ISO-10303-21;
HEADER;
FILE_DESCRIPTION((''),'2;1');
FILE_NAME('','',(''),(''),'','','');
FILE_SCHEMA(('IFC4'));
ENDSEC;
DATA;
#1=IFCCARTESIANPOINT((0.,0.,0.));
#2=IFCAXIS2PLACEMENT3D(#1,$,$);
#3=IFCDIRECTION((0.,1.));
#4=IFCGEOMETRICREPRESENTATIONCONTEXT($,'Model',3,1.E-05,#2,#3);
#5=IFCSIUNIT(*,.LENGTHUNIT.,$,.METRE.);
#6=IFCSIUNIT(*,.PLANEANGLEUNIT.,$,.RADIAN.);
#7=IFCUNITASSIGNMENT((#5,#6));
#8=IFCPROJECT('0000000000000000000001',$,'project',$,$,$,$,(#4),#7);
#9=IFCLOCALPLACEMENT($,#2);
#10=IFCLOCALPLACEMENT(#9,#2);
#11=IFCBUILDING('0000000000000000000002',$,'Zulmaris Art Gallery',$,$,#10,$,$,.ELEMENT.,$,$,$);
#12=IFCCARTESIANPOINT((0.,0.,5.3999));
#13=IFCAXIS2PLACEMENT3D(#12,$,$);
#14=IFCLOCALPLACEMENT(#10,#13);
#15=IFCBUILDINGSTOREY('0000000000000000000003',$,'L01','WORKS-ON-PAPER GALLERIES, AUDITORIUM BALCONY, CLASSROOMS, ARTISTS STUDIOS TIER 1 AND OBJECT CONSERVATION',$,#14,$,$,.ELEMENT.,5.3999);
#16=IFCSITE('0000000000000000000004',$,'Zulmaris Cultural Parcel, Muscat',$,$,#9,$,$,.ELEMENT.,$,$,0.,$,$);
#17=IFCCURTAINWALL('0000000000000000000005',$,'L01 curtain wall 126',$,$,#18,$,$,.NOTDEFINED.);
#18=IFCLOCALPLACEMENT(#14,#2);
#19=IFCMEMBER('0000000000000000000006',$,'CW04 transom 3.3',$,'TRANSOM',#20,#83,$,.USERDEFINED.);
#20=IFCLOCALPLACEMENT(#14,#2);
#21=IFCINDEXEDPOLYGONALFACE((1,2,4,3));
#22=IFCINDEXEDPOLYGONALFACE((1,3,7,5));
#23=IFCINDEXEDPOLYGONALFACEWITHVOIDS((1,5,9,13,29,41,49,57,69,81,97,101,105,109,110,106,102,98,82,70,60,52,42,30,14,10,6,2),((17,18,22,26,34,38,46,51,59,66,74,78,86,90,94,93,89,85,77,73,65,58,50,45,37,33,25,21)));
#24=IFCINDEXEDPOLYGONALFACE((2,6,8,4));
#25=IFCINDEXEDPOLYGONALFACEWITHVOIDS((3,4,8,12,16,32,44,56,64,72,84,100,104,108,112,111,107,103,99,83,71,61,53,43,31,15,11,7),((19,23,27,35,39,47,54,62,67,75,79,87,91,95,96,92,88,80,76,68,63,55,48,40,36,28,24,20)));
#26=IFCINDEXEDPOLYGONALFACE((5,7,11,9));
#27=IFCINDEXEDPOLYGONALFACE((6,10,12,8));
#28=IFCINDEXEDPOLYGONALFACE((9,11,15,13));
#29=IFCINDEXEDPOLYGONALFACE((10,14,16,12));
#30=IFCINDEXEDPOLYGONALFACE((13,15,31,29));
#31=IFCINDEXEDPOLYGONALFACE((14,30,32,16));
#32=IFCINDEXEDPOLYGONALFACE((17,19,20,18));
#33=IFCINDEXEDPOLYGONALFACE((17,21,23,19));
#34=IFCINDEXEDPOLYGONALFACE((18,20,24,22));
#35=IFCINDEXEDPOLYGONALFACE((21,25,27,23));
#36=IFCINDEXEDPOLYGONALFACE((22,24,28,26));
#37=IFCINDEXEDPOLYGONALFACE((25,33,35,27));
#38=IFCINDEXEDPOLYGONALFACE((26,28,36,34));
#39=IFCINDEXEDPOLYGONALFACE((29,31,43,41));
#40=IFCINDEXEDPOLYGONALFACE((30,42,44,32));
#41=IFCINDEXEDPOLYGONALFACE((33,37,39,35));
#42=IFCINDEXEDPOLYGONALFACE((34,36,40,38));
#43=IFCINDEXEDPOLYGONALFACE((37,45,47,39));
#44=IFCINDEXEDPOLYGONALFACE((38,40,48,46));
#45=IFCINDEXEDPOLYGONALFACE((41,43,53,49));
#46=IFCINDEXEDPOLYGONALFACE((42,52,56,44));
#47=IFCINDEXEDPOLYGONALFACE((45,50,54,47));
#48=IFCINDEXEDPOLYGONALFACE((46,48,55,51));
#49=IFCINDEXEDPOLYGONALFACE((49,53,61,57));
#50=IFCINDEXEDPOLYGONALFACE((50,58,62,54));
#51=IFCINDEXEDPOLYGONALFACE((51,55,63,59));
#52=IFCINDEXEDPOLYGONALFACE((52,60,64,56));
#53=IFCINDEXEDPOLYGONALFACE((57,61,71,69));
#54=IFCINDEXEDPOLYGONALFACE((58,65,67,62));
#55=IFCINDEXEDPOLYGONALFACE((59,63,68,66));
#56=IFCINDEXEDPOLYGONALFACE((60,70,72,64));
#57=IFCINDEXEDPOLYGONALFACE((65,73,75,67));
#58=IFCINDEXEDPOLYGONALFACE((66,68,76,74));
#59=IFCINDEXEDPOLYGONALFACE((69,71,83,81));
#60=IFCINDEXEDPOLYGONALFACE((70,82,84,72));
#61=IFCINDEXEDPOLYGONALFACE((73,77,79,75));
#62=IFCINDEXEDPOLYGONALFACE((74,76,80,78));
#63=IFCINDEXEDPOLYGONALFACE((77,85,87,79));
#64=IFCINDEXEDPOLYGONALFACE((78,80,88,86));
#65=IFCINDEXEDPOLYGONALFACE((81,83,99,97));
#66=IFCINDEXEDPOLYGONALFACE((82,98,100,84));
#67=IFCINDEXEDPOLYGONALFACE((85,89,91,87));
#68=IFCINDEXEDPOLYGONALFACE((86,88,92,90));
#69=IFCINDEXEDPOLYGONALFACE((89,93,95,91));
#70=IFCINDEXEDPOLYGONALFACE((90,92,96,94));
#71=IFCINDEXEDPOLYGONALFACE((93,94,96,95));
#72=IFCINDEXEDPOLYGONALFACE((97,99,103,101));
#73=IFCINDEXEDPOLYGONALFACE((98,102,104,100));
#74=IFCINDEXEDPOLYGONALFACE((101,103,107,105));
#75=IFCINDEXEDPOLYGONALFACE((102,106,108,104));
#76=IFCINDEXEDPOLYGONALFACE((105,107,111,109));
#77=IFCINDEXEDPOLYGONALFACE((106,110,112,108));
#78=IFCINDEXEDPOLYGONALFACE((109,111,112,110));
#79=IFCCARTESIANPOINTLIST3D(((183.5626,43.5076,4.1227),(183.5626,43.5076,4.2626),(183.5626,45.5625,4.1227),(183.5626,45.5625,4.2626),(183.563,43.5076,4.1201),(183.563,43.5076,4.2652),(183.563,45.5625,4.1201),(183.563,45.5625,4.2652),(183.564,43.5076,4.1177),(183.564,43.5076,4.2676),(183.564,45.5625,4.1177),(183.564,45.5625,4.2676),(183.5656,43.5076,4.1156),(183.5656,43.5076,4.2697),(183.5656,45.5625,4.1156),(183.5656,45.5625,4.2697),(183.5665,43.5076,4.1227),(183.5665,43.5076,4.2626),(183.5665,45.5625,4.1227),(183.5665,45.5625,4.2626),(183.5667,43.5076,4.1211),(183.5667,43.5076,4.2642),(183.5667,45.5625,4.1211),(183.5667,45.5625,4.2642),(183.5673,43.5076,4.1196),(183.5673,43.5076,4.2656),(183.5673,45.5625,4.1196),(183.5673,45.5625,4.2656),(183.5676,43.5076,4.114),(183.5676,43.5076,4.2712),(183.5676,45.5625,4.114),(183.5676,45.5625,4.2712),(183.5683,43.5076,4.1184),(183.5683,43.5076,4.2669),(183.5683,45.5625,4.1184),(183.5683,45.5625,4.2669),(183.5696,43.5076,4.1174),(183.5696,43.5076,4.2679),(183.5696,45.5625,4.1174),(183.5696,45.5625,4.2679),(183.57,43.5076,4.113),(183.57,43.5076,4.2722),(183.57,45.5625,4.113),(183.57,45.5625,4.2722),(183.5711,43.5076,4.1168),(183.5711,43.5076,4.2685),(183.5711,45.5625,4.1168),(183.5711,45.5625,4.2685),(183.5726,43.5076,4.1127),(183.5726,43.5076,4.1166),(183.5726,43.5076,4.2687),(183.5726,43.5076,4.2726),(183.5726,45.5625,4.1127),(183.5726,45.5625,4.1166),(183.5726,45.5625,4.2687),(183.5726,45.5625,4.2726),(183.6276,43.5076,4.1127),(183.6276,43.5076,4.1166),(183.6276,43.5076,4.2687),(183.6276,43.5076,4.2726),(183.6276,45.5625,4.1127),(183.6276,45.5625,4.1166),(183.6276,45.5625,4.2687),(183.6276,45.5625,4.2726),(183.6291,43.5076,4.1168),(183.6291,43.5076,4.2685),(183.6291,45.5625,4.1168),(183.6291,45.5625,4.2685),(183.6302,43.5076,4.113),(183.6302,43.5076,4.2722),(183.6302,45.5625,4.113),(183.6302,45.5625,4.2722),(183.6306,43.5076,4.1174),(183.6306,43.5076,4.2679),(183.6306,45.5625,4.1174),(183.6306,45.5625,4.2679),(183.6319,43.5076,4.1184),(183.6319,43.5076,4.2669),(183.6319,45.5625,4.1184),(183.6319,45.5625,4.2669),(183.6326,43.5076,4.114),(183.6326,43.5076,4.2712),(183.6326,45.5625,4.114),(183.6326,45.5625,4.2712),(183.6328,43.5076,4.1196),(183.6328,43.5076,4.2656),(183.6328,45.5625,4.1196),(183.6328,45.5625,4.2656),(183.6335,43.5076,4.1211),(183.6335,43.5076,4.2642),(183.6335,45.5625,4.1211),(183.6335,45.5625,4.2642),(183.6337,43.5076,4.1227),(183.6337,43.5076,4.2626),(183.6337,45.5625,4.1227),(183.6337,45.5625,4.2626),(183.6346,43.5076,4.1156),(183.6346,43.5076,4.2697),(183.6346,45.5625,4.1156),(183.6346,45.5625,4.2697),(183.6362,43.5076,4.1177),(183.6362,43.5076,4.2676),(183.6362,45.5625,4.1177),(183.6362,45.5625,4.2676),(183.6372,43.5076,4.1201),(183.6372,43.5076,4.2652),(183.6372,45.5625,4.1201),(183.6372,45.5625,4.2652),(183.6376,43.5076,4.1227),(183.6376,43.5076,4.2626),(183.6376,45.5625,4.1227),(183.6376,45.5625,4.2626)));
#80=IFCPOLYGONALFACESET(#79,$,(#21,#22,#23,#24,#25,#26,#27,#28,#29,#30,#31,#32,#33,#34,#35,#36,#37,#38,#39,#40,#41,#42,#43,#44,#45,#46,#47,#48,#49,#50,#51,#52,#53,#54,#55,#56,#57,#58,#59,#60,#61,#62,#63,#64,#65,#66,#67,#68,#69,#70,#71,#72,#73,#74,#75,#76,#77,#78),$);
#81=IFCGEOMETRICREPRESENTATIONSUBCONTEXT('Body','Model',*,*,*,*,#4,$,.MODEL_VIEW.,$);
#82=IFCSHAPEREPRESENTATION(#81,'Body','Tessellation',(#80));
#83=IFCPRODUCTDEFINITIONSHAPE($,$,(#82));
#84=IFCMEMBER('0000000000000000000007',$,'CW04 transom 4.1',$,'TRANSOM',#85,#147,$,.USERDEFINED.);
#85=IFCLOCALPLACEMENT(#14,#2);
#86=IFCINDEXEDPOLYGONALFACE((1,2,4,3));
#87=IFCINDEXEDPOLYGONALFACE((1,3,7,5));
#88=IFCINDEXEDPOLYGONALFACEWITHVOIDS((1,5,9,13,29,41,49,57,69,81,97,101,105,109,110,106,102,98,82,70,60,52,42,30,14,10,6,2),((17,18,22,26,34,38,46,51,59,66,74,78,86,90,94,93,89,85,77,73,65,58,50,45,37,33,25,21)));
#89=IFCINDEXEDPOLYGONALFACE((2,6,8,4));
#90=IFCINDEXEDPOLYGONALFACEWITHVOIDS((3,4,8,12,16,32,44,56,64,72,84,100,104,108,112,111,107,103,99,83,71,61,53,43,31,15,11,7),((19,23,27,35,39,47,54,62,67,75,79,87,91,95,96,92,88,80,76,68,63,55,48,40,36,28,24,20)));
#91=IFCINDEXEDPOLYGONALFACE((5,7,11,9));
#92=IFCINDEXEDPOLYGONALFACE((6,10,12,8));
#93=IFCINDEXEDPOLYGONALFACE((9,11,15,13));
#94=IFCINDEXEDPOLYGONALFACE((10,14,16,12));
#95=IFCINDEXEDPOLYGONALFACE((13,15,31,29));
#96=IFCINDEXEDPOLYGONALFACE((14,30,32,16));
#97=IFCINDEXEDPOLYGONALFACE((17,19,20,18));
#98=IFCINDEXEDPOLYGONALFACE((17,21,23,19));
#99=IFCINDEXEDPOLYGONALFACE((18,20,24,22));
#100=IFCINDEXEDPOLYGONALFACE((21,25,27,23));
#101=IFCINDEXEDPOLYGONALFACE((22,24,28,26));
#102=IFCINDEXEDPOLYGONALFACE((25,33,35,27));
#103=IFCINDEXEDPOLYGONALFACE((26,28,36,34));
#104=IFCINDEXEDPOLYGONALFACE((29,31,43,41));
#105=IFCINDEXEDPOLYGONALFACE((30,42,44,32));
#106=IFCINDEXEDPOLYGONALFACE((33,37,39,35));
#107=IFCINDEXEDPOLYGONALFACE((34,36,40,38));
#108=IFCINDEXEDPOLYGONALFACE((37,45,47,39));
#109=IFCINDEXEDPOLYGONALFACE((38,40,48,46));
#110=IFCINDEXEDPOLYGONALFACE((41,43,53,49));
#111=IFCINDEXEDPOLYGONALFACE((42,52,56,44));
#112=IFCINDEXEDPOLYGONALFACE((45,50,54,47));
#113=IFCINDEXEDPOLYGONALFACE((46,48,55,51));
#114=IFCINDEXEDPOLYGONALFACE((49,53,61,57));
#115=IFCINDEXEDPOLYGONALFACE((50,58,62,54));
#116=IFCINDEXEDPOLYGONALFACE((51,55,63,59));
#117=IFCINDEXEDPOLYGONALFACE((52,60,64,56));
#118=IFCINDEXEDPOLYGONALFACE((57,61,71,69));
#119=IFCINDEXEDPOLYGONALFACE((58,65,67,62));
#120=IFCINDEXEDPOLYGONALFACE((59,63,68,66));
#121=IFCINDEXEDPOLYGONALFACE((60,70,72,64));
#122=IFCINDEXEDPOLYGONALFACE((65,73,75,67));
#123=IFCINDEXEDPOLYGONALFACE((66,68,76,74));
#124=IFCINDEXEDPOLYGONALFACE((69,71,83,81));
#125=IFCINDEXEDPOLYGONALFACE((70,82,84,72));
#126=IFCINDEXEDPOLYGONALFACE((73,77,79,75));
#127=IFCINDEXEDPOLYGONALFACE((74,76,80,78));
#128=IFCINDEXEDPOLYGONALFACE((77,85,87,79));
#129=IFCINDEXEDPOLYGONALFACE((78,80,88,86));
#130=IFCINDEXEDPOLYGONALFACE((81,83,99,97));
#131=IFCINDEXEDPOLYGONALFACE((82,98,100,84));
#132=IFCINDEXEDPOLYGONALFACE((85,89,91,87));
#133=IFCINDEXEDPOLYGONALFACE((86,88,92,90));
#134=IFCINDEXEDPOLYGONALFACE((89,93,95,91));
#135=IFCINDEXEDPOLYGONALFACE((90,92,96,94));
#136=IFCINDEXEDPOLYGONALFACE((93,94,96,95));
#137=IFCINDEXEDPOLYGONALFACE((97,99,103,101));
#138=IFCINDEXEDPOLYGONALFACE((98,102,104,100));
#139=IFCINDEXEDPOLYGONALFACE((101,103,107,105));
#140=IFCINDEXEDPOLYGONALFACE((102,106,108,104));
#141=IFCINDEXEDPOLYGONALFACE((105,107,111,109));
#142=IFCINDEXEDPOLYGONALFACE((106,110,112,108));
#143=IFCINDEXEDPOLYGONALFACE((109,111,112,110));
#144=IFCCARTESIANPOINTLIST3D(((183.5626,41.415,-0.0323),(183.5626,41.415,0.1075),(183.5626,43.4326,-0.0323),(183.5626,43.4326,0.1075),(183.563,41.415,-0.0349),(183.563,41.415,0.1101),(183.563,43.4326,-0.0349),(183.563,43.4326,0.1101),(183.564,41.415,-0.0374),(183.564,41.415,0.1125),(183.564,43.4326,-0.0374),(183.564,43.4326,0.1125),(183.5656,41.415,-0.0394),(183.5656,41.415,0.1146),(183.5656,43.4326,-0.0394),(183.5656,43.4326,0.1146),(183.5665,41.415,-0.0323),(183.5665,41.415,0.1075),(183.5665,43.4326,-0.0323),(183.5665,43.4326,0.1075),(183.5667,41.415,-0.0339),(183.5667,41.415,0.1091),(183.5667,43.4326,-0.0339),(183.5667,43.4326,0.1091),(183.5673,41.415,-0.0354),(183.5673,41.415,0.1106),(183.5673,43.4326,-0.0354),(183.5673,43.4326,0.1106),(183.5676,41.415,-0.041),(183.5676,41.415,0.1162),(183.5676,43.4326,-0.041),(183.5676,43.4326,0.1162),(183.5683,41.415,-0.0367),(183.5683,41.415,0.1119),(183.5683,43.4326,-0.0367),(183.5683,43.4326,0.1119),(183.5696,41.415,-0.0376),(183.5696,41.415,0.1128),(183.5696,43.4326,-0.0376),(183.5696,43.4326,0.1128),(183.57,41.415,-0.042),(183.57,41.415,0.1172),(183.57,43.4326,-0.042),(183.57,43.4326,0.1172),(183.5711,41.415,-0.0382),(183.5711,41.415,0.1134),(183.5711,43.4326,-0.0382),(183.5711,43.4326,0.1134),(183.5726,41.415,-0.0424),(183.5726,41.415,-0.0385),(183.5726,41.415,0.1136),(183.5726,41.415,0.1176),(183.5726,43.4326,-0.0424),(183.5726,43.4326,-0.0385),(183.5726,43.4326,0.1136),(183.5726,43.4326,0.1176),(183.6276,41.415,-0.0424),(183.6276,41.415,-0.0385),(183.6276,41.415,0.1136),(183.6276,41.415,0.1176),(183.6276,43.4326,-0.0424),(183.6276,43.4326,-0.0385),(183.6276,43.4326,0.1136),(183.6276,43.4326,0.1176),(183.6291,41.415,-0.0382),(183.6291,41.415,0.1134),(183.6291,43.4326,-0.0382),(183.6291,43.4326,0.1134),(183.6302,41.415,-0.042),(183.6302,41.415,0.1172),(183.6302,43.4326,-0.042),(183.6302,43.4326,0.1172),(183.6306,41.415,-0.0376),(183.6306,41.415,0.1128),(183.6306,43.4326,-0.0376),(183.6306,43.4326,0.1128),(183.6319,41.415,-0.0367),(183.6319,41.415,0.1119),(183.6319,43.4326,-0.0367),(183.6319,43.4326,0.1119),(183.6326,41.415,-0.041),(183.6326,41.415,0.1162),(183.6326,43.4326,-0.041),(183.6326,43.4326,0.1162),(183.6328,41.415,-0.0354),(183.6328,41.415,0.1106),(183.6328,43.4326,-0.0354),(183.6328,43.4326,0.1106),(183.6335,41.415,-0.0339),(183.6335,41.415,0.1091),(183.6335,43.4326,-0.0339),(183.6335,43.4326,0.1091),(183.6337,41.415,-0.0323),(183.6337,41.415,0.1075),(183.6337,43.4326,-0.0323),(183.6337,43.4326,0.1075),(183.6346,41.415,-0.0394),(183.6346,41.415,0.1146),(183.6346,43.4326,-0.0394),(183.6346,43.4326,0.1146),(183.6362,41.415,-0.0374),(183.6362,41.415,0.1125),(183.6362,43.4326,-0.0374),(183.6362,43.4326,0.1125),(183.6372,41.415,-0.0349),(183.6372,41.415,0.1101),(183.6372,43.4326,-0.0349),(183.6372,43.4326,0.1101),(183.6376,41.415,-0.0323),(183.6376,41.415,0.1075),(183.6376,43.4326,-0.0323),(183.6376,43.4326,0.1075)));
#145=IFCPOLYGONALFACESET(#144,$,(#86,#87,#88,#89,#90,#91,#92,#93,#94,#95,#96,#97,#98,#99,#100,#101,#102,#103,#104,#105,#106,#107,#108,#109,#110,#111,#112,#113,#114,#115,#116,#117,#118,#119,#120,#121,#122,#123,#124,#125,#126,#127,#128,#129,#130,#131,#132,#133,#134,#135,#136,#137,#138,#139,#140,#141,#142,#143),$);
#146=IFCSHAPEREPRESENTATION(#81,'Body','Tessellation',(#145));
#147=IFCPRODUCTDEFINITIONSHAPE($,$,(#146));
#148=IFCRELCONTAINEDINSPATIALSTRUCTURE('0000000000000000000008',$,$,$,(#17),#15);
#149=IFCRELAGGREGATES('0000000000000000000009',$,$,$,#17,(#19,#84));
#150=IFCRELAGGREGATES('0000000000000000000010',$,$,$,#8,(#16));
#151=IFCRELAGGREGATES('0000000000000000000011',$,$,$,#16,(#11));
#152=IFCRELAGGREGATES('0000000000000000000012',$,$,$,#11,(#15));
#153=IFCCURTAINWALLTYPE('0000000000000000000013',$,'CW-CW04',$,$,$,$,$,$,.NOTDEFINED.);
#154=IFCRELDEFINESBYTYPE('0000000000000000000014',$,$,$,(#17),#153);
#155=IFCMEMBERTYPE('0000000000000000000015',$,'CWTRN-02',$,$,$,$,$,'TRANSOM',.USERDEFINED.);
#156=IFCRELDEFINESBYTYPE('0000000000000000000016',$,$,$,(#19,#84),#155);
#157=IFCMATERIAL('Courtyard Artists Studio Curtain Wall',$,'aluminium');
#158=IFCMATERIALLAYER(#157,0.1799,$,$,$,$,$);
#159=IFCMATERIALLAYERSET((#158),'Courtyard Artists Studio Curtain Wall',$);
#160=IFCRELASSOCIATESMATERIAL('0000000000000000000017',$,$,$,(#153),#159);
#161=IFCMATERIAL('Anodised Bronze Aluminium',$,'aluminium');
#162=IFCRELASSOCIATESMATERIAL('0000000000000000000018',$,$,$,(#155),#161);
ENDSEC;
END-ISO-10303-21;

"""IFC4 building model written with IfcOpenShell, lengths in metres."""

from ifc_helpers import new_model, si_unit, direction, frame, origin, origin_2d, place, context, subcontext, project, spatial, hollow_rectangle, extrude, material, layer, layer_set, material_profile, profile_set, type_object, element, aggregate, save


model = new_model("IFC4")

# Units and contexts
model_context = context("Model", 3, precision=1e-05, world=origin(), true_north=direction((0.0, 1.0)))
body_context = subcontext(model_context, "Body", "Model", "MODEL_VIEW")
ifc_project = project(units=[si_unit("LENGTHUNIT", "METRE"), si_unit("PLANEANGLEUNIT", "RADIAN")], contexts=[model_context])

# Site, building, storey
site_placement = place(None, origin())
site = spatial("IfcSite", under=ifc_project, at=site_placement, Name="Zulmaris Cultural Parcel, Muscat", CompositionType="ELEMENT", RefElevation=0.0)
building_placement = place(site_placement, origin())
building = spatial("IfcBuilding", under=site, at=building_placement, Name="Zulmaris Art Gallery", CompositionType="ELEMENT")
storey_placement = place(building_placement, frame((0.0, 0.0, 5.3999)))
storey = spatial("IfcBuildingStorey", under=building, at=storey_placement, Name="L01", Description="WORKS-ON-PAPER GALLERIES, AUDITORIUM BALCONY, CLASSROOMS, ARTISTS STUDIOS TIER 1 AND OBJECT CONSERVATION", CompositionType="ELEMENT", Elevation=5.3999)

# Curtain wall, members
ifc_material_1 = material(Name="Courtyard Artists Studio Curtain Wall", Category="aluminium")
ifc_layer_1 = layer(ifc_material_1, 0.1799)
ifc_layer_set_1 = layer_set([ifc_layer_1], Name="Courtyard Artists Studio Curtain Wall")
curtain_wall_type = type_object("IfcCurtainWallType", Name="CW-CW04", PredefinedType="NOTDEFINED", material=ifc_layer_set_1)
curtain_wall_placement = place(storey_placement, origin())
curtain_wall = element("IfcCurtainWall", 1, at=curtain_wall_placement, inside=storey, type_object=curtain_wall_type, Name="L01 curtain wall 126", PredefinedType="NOTDEFINED")
ifc_material_2 = material(Name="Anodised Bronze Aluminium", Category="aluminium")
ifc_material_profile_1 = material_profile(ifc_material_2, hollow_rectangle(XDim=0.075, YDim=0.1599, WallThickness=0.0039, InnerFilletRadius=0.0061, OuterFilletRadius=0.01, at=origin_2d()), Name="ALU 75x160x4")
ifc_profile_set_1 = profile_set([ifc_material_profile_1], Name="Anodised Bronze Aluminium")
member_type_1 = type_object("IfcMemberType", Name="CWTRN-02", ElementType="TRANSOM", PredefinedType="USERDEFINED", material=ifc_profile_set_1)
member_1_placement = place(storey_placement, frame((183.6001, 45.5625, 4.1926), z_axis=(0.0, -1.0, 0.0), x_axis=(1.0, 0.0, 0.0)))
member_1 = element("IfcMember", 2, at=member_1_placement, type_object=member_type_1, Name="CW04 transom 3.3", ObjectType="TRANSOM", PredefinedType="USERDEFINED", context=body_context, shape_type="SweptSolid", body=[
    extrude(hollow_rectangle(XDim=0.075, YDim=0.1599, WallThickness=0.0039, InnerFilletRadius=0.0061, OuterFilletRadius=0.01, at=origin_2d()), origin(), (0.0, 0.0, 1.0), 2.0549),
])
member_2_placement = place(storey_placement, frame((183.6001, 43.4326, 0.0376), z_axis=(0.0, -1.0, 0.0), x_axis=(1.0, 0.0, 0.0)))
member_2 = element("IfcMember", 3, at=member_2_placement, type_object=member_type_1, Name="CW04 transom 4.1", ObjectType="TRANSOM", PredefinedType="USERDEFINED", context=body_context, shape_type="SweptSolid", body=[
    extrude(hollow_rectangle(XDim=0.075, YDim=0.1599, WallThickness=0.0039, InnerFilletRadius=0.0061, OuterFilletRadius=0.01, at=origin_2d()), origin(), (0.0, 0.0, 1.0), 2.0176),
])
aggregate(curtain_wall, [member_1, member_2])

save(model, "model.ifc")
